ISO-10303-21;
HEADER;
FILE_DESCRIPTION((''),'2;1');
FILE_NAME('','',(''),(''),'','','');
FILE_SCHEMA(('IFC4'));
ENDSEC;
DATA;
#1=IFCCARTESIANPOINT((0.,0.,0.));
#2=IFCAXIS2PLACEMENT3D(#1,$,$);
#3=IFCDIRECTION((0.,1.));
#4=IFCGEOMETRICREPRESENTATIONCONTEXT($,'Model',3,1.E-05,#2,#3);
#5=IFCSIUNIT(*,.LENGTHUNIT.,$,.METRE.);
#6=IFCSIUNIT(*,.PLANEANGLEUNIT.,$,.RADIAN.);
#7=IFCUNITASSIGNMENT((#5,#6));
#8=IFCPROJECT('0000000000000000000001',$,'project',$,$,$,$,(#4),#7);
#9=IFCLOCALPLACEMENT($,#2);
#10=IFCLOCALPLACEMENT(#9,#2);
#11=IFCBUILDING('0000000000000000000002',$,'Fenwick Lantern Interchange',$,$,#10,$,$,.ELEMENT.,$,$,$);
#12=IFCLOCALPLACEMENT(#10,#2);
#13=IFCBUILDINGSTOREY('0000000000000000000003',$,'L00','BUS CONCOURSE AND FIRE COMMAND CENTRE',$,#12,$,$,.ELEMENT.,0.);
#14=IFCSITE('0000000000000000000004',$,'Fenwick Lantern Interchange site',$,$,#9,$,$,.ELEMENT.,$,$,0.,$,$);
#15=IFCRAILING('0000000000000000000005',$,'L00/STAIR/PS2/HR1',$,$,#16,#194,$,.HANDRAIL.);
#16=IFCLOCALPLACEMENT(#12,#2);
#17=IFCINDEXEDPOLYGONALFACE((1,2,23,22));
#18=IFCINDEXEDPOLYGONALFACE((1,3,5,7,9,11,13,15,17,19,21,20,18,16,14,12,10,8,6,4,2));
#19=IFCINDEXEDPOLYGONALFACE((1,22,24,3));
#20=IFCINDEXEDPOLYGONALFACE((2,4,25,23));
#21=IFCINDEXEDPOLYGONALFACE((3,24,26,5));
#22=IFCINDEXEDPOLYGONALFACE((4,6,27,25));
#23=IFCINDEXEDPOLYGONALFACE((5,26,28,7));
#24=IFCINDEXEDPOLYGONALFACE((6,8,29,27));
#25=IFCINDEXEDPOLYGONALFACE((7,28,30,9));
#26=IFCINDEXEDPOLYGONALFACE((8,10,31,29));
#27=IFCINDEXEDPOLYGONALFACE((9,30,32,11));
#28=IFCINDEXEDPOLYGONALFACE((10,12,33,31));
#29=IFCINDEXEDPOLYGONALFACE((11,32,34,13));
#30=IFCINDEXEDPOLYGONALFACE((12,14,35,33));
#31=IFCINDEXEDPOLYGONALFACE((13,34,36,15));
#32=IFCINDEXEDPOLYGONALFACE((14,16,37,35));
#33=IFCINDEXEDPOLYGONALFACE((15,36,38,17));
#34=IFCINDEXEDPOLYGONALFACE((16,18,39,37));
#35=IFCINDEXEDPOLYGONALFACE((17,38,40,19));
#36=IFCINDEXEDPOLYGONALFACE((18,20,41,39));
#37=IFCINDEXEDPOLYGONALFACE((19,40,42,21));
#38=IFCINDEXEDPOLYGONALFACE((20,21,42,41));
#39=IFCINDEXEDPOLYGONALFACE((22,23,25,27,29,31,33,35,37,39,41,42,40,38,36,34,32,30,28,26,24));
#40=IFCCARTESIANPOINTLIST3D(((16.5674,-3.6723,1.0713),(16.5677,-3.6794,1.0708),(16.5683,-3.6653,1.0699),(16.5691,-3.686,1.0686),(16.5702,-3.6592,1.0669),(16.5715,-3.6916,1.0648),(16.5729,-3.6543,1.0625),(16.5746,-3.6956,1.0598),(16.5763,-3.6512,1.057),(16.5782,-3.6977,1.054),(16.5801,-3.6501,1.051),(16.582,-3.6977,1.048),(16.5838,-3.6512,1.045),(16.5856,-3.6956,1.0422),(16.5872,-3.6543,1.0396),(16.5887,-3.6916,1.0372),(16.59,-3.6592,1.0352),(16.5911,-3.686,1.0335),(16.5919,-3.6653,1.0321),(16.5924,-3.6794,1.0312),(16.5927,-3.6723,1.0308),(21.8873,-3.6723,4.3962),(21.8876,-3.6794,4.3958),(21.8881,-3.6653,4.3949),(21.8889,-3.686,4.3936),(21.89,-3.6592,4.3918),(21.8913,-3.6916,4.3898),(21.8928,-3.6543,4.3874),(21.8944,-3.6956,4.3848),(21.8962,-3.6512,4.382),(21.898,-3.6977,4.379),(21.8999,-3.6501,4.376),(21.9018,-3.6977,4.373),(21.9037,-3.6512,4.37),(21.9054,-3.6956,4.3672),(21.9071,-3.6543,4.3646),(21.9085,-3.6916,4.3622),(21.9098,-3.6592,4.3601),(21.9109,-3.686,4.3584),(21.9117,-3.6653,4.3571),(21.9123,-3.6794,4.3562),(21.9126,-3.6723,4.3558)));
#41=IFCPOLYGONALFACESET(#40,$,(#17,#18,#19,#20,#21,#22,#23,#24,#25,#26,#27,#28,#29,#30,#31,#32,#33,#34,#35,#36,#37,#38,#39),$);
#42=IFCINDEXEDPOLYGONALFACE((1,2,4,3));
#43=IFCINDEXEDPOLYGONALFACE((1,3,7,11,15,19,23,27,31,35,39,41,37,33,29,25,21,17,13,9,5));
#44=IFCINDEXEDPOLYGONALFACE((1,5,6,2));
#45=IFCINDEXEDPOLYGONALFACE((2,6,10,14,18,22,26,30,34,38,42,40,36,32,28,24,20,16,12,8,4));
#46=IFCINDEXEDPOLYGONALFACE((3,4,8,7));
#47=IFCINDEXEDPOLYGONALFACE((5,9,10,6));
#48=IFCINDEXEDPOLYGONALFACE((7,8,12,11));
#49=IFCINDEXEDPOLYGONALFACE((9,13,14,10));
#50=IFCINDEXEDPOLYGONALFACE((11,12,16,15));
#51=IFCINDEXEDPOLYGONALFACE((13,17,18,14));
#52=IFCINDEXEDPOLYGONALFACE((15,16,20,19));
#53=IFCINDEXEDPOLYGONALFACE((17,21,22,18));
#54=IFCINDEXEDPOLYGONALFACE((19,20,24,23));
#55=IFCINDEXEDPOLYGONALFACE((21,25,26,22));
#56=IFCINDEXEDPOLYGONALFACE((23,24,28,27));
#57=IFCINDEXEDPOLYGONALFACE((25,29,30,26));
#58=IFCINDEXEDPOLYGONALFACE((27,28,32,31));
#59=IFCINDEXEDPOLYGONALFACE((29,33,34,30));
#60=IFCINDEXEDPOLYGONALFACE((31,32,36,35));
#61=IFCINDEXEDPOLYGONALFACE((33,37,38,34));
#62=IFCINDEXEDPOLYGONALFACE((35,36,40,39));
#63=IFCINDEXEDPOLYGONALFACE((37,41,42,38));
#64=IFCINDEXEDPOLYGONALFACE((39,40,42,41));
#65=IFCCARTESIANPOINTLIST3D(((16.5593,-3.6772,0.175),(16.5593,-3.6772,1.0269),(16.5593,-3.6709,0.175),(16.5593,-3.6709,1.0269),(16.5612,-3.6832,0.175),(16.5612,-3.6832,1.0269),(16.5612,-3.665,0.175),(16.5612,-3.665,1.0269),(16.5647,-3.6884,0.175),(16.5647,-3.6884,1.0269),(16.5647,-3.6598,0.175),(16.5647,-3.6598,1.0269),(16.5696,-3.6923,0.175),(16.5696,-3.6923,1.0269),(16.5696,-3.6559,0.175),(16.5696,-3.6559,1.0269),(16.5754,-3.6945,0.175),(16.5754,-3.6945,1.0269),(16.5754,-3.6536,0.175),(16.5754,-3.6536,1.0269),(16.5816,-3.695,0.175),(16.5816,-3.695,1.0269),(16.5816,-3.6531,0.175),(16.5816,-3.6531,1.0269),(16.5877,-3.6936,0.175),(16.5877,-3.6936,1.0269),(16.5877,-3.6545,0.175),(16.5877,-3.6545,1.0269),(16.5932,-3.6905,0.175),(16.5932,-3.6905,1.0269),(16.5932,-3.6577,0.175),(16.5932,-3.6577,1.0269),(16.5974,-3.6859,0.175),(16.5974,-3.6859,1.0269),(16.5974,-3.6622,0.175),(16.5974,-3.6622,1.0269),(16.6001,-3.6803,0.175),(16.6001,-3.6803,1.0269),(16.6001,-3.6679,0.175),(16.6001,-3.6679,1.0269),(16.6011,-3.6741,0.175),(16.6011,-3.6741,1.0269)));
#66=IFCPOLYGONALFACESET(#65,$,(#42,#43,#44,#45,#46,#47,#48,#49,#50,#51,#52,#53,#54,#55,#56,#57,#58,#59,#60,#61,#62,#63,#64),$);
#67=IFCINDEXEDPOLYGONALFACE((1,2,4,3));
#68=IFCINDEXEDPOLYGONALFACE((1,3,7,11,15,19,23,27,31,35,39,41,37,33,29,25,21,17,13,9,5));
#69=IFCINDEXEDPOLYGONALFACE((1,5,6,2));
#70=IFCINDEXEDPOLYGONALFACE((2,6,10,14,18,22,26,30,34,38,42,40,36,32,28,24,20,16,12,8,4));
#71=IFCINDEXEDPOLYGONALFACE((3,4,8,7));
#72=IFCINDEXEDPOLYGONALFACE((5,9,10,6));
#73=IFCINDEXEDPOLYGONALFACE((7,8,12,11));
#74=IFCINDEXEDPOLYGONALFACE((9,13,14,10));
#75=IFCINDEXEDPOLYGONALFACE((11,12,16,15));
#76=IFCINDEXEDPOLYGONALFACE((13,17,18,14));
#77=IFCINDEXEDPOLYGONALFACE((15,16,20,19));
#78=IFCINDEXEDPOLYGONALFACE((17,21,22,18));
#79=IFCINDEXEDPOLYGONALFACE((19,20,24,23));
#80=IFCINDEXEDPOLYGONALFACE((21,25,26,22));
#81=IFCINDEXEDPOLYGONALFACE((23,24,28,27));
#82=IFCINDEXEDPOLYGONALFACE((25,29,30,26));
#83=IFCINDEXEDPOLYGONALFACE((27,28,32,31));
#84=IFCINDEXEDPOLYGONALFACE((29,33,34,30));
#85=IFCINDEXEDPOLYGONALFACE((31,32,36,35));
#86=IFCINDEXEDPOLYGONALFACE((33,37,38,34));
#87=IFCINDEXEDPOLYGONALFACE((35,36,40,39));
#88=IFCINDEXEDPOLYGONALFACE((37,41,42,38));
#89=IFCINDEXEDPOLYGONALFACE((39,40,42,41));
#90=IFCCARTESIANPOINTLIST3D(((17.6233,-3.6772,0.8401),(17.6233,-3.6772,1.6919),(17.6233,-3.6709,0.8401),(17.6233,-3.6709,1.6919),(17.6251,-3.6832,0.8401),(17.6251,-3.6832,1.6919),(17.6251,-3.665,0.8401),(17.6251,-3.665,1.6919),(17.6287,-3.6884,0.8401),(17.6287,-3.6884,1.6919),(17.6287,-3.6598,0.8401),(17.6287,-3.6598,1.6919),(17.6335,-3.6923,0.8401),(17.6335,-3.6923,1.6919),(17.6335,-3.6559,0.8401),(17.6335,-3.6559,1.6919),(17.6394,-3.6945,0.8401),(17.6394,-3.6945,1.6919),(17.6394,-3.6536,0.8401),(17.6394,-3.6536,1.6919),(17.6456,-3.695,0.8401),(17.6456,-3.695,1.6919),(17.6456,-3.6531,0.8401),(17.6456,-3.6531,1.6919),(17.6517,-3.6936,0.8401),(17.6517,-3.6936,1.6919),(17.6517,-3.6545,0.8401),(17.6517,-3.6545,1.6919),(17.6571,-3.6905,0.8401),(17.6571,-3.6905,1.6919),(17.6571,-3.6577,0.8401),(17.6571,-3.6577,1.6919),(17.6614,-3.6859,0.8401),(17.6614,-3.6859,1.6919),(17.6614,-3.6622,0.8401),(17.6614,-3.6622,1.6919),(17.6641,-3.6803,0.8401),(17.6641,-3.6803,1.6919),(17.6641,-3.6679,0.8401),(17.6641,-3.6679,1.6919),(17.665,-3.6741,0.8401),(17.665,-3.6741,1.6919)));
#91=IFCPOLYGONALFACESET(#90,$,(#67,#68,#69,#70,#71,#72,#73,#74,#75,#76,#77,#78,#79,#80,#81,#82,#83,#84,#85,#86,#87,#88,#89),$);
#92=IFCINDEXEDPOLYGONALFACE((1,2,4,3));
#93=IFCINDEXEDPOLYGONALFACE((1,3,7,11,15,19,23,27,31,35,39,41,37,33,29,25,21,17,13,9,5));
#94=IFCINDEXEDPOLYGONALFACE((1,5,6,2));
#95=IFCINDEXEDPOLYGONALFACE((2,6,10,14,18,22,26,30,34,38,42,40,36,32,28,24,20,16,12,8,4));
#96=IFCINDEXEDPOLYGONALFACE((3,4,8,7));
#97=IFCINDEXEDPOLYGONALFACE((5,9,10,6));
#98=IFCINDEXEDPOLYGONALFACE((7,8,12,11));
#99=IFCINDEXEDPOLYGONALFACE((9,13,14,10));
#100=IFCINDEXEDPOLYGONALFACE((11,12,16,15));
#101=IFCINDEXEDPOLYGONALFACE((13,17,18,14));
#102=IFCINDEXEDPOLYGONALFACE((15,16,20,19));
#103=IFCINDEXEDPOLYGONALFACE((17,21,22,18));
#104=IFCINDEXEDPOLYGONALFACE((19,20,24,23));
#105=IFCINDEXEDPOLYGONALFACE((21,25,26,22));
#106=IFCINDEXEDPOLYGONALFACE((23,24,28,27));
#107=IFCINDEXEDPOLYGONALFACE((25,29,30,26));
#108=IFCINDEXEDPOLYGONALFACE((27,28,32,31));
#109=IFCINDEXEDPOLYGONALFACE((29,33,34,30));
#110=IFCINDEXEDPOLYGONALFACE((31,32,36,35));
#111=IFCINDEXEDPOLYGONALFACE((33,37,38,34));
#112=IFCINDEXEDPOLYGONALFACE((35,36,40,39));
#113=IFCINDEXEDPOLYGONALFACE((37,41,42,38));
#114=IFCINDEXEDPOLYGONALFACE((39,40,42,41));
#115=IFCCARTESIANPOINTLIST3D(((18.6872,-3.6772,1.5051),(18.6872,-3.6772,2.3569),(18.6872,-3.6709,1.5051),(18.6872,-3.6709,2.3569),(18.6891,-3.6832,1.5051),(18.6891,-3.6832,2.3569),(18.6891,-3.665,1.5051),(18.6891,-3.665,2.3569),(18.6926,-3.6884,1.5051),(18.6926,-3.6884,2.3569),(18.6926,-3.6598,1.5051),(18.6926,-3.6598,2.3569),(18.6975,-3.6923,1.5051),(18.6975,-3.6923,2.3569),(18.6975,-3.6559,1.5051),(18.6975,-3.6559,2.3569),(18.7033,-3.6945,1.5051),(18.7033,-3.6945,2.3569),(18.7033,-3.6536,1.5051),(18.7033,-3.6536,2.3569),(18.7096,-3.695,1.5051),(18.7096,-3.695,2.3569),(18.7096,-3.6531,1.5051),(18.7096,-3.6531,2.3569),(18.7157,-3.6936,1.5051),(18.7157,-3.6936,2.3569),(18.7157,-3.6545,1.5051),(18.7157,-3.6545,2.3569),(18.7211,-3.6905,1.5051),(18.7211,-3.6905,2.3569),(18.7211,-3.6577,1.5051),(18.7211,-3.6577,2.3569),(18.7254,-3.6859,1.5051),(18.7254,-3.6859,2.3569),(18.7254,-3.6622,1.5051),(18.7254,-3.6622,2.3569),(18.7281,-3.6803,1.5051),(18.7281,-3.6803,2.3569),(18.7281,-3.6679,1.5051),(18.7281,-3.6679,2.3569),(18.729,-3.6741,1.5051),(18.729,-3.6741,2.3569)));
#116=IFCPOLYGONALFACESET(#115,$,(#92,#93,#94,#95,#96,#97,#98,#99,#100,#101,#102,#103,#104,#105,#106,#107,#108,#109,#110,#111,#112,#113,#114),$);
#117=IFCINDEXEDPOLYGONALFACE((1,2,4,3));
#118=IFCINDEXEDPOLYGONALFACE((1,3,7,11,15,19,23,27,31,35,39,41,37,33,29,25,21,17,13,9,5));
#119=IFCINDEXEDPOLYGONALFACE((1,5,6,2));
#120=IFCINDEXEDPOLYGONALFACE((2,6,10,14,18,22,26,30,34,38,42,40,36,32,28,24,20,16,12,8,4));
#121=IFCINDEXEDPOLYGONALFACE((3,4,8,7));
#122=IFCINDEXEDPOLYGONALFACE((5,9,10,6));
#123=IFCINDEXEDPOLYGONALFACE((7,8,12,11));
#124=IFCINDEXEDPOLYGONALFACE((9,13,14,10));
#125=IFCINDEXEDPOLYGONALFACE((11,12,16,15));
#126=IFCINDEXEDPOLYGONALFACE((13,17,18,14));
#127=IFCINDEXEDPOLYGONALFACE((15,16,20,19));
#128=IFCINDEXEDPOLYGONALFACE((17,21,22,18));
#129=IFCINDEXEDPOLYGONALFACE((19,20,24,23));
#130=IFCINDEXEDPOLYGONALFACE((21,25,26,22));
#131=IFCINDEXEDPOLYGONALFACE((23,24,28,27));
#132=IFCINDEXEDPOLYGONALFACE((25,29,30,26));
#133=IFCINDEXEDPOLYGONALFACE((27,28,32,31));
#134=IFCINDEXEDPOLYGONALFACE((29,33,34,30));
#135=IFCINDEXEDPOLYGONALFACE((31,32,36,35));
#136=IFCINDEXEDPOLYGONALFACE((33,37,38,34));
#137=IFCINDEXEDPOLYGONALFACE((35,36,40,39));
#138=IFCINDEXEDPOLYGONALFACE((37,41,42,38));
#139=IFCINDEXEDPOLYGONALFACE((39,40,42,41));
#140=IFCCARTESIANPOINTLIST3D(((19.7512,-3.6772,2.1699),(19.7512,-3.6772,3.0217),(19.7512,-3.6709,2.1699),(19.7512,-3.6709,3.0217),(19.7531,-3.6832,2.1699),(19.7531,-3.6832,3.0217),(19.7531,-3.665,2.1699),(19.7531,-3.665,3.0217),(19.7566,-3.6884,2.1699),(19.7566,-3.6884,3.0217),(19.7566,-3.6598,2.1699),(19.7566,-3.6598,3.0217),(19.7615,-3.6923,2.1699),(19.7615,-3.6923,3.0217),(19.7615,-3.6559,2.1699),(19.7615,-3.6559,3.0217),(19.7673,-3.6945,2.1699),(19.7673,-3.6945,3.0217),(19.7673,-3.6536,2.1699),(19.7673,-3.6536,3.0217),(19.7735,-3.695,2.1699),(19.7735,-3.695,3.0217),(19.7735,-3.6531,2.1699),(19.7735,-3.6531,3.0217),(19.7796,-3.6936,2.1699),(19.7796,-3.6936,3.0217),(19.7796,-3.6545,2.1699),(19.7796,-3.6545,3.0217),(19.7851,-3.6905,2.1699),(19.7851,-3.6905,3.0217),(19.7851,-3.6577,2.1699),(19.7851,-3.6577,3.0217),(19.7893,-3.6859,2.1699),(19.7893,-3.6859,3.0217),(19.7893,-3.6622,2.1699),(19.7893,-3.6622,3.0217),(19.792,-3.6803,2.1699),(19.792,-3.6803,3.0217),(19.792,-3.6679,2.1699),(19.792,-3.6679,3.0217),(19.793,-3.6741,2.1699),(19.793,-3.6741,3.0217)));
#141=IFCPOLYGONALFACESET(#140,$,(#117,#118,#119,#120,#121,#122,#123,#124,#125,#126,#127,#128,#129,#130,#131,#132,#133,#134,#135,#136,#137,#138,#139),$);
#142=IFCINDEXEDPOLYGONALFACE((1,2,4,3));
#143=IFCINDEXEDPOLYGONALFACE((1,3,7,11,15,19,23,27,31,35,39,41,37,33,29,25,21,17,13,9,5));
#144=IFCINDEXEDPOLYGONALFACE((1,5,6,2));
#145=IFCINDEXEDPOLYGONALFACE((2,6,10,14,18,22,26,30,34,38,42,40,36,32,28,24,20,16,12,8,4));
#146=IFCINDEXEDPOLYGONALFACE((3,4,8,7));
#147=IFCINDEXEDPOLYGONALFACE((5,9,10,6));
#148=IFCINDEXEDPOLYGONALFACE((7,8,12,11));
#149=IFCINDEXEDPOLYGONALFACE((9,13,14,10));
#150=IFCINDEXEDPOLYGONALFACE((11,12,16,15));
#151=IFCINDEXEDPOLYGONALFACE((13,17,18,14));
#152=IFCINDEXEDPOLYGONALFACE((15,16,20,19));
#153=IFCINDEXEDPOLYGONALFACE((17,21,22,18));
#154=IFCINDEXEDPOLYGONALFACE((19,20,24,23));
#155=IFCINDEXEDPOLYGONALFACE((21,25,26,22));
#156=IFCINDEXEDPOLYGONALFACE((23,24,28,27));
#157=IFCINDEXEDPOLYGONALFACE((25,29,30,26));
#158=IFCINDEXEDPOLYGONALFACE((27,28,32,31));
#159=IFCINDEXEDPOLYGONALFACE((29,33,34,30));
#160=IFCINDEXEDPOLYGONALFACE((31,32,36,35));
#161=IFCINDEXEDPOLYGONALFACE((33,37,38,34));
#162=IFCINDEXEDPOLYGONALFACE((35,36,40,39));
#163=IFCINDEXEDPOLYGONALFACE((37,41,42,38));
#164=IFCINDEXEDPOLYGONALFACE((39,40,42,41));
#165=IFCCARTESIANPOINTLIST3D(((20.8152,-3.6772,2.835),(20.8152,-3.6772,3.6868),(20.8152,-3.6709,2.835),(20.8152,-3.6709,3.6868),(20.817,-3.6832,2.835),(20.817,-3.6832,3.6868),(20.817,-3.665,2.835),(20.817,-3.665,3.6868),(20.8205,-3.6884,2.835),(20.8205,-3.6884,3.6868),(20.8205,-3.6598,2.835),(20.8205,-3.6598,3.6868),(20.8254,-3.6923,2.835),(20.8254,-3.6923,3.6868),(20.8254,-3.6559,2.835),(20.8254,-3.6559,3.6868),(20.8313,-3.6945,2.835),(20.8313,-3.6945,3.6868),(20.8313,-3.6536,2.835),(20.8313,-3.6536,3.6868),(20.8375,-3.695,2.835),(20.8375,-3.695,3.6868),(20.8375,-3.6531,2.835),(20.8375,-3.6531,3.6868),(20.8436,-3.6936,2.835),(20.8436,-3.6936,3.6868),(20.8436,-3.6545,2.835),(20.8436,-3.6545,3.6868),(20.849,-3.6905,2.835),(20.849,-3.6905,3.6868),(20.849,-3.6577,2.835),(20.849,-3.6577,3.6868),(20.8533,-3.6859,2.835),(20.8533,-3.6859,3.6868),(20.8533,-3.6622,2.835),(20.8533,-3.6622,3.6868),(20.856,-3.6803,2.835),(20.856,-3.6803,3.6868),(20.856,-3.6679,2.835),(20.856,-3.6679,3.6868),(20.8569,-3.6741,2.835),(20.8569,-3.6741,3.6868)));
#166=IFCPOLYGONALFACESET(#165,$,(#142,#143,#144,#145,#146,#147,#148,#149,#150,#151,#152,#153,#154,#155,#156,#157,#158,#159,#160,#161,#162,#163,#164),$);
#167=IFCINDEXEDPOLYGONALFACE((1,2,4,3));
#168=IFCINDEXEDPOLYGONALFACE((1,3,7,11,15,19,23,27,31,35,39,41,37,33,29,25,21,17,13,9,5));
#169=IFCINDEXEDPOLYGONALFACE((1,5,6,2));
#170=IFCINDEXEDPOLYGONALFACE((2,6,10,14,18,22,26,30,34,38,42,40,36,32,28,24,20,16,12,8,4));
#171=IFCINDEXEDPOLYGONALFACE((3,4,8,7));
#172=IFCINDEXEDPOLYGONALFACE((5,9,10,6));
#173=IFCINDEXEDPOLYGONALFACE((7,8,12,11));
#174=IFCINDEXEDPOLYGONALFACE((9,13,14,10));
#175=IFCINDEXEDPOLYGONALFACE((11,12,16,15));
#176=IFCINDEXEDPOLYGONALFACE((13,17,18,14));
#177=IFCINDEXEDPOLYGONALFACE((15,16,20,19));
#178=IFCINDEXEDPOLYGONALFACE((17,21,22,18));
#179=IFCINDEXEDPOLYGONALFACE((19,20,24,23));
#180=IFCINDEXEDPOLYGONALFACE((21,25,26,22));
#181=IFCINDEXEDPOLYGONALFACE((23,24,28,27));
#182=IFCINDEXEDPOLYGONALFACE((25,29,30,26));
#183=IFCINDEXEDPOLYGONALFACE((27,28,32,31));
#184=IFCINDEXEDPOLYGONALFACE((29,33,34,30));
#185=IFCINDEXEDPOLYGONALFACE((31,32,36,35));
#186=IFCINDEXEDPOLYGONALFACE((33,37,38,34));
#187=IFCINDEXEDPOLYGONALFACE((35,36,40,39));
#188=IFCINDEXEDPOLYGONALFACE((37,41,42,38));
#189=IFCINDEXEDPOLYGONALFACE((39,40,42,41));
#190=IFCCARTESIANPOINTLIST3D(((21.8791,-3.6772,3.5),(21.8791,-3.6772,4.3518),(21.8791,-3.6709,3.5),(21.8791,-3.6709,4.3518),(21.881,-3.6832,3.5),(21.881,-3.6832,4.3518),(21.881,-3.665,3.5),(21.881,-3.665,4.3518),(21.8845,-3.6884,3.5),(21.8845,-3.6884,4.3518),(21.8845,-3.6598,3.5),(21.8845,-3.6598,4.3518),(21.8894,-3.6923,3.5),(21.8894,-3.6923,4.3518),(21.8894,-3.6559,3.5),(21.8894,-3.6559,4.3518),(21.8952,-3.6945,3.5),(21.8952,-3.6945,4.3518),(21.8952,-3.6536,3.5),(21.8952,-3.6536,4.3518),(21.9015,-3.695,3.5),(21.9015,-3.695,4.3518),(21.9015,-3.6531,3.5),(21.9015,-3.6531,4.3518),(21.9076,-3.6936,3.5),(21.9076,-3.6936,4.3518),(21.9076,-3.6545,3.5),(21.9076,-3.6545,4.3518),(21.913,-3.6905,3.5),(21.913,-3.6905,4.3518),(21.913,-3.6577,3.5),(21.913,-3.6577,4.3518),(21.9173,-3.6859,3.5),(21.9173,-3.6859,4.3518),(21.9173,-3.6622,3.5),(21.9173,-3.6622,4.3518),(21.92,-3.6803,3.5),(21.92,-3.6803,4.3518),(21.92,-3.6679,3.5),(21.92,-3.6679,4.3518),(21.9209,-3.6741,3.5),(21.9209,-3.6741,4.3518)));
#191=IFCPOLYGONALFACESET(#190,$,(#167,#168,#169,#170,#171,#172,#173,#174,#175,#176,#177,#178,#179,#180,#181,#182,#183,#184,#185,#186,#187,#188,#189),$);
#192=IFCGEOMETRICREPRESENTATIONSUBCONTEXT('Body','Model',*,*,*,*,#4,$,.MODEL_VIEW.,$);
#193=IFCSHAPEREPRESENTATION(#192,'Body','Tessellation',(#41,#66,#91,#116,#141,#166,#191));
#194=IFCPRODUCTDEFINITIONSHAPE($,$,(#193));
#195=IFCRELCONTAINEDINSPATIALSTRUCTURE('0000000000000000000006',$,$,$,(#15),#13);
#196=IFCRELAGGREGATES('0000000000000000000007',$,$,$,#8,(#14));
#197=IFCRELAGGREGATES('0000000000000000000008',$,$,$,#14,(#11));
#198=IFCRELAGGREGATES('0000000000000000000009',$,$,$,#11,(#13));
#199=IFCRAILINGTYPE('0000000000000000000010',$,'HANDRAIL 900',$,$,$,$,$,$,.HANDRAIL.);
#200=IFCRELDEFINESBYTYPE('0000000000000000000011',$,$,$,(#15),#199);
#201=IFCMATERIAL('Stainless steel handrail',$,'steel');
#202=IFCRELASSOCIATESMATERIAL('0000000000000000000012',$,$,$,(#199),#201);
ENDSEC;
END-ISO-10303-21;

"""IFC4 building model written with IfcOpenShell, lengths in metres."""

from ifc_helpers import new_model, si_unit, direction, frame, origin, origin_2d, place, context, subcontext, project, spatial, circle, extrude, material, type_object, element, save


model = new_model("IFC4")

# Units and contexts
model_context = context("Model", 3, precision=1e-05, world=origin(), true_north=direction((0.0, 1.0)))
body_context = subcontext(model_context, "Body", "Model", "MODEL_VIEW")
ifc_project = project(units=[si_unit("LENGTHUNIT", "METRE"), si_unit("PLANEANGLEUNIT", "RADIAN")], contexts=[model_context])

# Site, building, storey
site_placement = place(None, origin())
site = spatial("IfcSite", under=ifc_project, at=site_placement, Name="Fenwick Lantern Interchange site", CompositionType="ELEMENT", RefElevation=0.0)
building_placement = place(site_placement, origin())
building = spatial("IfcBuilding", under=site, at=building_placement, Name="Fenwick Lantern Interchange", CompositionType="ELEMENT")
storey_placement = place(building_placement, origin())
storey = spatial("IfcBuildingStorey", under=building, at=storey_placement, Name="L00", Description="BUS CONCOURSE AND FIRE COMMAND CENTRE", CompositionType="ELEMENT", Elevation=0.0)

# Railing
ifc_material_1 = material(Name="Stainless steel handrail", Category="steel")
railing_type = type_object("IfcRailingType", Name="HANDRAIL 900", PredefinedType="HANDRAIL", material=ifc_material_1)
railing_placement = place(storey_placement, frame((16.5801, -3.6741, 0.175)))
element("IfcRailing", 1, at=railing_placement, inside=storey, type_object=railing_type, Name="L00/STAIR/PS2/HR1", PredefinedType="HANDRAIL", context=body_context, shape_type="SweptSolid", body=[
    extrude(circle(Radius=0.0239, at=origin_2d()), frame((0.0, 0.0, 0.876), z_axis=(0.847994, 0.0, 0.530006), x_axis=(0.0, 1.0, 0.0)), (0.0, 0.0, 1.0), 6.2734),
    extrude(circle(Radius=0.021, at=origin_2d()), origin(), (0.0, 0.0, 1.0), 0.8518),
    extrude(circle(Radius=0.021, at=origin_2d()), frame((1.064, 0.0, 0.665)), (0.0, 0.0, 1.0), 0.8518),
    extrude(circle(Radius=0.021, at=origin_2d()), frame((2.1279, 0.0, 1.3301)), (0.0, 0.0, 1.0), 0.8518),
    extrude(circle(Radius=0.021, at=origin_2d()), frame((3.1919, 0.0, 1.9949)), (0.0, 0.0, 1.0), 0.8518),
    extrude(circle(Radius=0.021, at=origin_2d()), frame((4.2559, 0.0, 2.6599)), (0.0, 0.0, 1.0), 0.8518),
    extrude(circle(Radius=0.021, at=origin_2d()), frame((5.3198, 0.0, 3.325)), (0.0, 0.0, 1.0), 0.8518),
])

save(model, "model.ifc")
